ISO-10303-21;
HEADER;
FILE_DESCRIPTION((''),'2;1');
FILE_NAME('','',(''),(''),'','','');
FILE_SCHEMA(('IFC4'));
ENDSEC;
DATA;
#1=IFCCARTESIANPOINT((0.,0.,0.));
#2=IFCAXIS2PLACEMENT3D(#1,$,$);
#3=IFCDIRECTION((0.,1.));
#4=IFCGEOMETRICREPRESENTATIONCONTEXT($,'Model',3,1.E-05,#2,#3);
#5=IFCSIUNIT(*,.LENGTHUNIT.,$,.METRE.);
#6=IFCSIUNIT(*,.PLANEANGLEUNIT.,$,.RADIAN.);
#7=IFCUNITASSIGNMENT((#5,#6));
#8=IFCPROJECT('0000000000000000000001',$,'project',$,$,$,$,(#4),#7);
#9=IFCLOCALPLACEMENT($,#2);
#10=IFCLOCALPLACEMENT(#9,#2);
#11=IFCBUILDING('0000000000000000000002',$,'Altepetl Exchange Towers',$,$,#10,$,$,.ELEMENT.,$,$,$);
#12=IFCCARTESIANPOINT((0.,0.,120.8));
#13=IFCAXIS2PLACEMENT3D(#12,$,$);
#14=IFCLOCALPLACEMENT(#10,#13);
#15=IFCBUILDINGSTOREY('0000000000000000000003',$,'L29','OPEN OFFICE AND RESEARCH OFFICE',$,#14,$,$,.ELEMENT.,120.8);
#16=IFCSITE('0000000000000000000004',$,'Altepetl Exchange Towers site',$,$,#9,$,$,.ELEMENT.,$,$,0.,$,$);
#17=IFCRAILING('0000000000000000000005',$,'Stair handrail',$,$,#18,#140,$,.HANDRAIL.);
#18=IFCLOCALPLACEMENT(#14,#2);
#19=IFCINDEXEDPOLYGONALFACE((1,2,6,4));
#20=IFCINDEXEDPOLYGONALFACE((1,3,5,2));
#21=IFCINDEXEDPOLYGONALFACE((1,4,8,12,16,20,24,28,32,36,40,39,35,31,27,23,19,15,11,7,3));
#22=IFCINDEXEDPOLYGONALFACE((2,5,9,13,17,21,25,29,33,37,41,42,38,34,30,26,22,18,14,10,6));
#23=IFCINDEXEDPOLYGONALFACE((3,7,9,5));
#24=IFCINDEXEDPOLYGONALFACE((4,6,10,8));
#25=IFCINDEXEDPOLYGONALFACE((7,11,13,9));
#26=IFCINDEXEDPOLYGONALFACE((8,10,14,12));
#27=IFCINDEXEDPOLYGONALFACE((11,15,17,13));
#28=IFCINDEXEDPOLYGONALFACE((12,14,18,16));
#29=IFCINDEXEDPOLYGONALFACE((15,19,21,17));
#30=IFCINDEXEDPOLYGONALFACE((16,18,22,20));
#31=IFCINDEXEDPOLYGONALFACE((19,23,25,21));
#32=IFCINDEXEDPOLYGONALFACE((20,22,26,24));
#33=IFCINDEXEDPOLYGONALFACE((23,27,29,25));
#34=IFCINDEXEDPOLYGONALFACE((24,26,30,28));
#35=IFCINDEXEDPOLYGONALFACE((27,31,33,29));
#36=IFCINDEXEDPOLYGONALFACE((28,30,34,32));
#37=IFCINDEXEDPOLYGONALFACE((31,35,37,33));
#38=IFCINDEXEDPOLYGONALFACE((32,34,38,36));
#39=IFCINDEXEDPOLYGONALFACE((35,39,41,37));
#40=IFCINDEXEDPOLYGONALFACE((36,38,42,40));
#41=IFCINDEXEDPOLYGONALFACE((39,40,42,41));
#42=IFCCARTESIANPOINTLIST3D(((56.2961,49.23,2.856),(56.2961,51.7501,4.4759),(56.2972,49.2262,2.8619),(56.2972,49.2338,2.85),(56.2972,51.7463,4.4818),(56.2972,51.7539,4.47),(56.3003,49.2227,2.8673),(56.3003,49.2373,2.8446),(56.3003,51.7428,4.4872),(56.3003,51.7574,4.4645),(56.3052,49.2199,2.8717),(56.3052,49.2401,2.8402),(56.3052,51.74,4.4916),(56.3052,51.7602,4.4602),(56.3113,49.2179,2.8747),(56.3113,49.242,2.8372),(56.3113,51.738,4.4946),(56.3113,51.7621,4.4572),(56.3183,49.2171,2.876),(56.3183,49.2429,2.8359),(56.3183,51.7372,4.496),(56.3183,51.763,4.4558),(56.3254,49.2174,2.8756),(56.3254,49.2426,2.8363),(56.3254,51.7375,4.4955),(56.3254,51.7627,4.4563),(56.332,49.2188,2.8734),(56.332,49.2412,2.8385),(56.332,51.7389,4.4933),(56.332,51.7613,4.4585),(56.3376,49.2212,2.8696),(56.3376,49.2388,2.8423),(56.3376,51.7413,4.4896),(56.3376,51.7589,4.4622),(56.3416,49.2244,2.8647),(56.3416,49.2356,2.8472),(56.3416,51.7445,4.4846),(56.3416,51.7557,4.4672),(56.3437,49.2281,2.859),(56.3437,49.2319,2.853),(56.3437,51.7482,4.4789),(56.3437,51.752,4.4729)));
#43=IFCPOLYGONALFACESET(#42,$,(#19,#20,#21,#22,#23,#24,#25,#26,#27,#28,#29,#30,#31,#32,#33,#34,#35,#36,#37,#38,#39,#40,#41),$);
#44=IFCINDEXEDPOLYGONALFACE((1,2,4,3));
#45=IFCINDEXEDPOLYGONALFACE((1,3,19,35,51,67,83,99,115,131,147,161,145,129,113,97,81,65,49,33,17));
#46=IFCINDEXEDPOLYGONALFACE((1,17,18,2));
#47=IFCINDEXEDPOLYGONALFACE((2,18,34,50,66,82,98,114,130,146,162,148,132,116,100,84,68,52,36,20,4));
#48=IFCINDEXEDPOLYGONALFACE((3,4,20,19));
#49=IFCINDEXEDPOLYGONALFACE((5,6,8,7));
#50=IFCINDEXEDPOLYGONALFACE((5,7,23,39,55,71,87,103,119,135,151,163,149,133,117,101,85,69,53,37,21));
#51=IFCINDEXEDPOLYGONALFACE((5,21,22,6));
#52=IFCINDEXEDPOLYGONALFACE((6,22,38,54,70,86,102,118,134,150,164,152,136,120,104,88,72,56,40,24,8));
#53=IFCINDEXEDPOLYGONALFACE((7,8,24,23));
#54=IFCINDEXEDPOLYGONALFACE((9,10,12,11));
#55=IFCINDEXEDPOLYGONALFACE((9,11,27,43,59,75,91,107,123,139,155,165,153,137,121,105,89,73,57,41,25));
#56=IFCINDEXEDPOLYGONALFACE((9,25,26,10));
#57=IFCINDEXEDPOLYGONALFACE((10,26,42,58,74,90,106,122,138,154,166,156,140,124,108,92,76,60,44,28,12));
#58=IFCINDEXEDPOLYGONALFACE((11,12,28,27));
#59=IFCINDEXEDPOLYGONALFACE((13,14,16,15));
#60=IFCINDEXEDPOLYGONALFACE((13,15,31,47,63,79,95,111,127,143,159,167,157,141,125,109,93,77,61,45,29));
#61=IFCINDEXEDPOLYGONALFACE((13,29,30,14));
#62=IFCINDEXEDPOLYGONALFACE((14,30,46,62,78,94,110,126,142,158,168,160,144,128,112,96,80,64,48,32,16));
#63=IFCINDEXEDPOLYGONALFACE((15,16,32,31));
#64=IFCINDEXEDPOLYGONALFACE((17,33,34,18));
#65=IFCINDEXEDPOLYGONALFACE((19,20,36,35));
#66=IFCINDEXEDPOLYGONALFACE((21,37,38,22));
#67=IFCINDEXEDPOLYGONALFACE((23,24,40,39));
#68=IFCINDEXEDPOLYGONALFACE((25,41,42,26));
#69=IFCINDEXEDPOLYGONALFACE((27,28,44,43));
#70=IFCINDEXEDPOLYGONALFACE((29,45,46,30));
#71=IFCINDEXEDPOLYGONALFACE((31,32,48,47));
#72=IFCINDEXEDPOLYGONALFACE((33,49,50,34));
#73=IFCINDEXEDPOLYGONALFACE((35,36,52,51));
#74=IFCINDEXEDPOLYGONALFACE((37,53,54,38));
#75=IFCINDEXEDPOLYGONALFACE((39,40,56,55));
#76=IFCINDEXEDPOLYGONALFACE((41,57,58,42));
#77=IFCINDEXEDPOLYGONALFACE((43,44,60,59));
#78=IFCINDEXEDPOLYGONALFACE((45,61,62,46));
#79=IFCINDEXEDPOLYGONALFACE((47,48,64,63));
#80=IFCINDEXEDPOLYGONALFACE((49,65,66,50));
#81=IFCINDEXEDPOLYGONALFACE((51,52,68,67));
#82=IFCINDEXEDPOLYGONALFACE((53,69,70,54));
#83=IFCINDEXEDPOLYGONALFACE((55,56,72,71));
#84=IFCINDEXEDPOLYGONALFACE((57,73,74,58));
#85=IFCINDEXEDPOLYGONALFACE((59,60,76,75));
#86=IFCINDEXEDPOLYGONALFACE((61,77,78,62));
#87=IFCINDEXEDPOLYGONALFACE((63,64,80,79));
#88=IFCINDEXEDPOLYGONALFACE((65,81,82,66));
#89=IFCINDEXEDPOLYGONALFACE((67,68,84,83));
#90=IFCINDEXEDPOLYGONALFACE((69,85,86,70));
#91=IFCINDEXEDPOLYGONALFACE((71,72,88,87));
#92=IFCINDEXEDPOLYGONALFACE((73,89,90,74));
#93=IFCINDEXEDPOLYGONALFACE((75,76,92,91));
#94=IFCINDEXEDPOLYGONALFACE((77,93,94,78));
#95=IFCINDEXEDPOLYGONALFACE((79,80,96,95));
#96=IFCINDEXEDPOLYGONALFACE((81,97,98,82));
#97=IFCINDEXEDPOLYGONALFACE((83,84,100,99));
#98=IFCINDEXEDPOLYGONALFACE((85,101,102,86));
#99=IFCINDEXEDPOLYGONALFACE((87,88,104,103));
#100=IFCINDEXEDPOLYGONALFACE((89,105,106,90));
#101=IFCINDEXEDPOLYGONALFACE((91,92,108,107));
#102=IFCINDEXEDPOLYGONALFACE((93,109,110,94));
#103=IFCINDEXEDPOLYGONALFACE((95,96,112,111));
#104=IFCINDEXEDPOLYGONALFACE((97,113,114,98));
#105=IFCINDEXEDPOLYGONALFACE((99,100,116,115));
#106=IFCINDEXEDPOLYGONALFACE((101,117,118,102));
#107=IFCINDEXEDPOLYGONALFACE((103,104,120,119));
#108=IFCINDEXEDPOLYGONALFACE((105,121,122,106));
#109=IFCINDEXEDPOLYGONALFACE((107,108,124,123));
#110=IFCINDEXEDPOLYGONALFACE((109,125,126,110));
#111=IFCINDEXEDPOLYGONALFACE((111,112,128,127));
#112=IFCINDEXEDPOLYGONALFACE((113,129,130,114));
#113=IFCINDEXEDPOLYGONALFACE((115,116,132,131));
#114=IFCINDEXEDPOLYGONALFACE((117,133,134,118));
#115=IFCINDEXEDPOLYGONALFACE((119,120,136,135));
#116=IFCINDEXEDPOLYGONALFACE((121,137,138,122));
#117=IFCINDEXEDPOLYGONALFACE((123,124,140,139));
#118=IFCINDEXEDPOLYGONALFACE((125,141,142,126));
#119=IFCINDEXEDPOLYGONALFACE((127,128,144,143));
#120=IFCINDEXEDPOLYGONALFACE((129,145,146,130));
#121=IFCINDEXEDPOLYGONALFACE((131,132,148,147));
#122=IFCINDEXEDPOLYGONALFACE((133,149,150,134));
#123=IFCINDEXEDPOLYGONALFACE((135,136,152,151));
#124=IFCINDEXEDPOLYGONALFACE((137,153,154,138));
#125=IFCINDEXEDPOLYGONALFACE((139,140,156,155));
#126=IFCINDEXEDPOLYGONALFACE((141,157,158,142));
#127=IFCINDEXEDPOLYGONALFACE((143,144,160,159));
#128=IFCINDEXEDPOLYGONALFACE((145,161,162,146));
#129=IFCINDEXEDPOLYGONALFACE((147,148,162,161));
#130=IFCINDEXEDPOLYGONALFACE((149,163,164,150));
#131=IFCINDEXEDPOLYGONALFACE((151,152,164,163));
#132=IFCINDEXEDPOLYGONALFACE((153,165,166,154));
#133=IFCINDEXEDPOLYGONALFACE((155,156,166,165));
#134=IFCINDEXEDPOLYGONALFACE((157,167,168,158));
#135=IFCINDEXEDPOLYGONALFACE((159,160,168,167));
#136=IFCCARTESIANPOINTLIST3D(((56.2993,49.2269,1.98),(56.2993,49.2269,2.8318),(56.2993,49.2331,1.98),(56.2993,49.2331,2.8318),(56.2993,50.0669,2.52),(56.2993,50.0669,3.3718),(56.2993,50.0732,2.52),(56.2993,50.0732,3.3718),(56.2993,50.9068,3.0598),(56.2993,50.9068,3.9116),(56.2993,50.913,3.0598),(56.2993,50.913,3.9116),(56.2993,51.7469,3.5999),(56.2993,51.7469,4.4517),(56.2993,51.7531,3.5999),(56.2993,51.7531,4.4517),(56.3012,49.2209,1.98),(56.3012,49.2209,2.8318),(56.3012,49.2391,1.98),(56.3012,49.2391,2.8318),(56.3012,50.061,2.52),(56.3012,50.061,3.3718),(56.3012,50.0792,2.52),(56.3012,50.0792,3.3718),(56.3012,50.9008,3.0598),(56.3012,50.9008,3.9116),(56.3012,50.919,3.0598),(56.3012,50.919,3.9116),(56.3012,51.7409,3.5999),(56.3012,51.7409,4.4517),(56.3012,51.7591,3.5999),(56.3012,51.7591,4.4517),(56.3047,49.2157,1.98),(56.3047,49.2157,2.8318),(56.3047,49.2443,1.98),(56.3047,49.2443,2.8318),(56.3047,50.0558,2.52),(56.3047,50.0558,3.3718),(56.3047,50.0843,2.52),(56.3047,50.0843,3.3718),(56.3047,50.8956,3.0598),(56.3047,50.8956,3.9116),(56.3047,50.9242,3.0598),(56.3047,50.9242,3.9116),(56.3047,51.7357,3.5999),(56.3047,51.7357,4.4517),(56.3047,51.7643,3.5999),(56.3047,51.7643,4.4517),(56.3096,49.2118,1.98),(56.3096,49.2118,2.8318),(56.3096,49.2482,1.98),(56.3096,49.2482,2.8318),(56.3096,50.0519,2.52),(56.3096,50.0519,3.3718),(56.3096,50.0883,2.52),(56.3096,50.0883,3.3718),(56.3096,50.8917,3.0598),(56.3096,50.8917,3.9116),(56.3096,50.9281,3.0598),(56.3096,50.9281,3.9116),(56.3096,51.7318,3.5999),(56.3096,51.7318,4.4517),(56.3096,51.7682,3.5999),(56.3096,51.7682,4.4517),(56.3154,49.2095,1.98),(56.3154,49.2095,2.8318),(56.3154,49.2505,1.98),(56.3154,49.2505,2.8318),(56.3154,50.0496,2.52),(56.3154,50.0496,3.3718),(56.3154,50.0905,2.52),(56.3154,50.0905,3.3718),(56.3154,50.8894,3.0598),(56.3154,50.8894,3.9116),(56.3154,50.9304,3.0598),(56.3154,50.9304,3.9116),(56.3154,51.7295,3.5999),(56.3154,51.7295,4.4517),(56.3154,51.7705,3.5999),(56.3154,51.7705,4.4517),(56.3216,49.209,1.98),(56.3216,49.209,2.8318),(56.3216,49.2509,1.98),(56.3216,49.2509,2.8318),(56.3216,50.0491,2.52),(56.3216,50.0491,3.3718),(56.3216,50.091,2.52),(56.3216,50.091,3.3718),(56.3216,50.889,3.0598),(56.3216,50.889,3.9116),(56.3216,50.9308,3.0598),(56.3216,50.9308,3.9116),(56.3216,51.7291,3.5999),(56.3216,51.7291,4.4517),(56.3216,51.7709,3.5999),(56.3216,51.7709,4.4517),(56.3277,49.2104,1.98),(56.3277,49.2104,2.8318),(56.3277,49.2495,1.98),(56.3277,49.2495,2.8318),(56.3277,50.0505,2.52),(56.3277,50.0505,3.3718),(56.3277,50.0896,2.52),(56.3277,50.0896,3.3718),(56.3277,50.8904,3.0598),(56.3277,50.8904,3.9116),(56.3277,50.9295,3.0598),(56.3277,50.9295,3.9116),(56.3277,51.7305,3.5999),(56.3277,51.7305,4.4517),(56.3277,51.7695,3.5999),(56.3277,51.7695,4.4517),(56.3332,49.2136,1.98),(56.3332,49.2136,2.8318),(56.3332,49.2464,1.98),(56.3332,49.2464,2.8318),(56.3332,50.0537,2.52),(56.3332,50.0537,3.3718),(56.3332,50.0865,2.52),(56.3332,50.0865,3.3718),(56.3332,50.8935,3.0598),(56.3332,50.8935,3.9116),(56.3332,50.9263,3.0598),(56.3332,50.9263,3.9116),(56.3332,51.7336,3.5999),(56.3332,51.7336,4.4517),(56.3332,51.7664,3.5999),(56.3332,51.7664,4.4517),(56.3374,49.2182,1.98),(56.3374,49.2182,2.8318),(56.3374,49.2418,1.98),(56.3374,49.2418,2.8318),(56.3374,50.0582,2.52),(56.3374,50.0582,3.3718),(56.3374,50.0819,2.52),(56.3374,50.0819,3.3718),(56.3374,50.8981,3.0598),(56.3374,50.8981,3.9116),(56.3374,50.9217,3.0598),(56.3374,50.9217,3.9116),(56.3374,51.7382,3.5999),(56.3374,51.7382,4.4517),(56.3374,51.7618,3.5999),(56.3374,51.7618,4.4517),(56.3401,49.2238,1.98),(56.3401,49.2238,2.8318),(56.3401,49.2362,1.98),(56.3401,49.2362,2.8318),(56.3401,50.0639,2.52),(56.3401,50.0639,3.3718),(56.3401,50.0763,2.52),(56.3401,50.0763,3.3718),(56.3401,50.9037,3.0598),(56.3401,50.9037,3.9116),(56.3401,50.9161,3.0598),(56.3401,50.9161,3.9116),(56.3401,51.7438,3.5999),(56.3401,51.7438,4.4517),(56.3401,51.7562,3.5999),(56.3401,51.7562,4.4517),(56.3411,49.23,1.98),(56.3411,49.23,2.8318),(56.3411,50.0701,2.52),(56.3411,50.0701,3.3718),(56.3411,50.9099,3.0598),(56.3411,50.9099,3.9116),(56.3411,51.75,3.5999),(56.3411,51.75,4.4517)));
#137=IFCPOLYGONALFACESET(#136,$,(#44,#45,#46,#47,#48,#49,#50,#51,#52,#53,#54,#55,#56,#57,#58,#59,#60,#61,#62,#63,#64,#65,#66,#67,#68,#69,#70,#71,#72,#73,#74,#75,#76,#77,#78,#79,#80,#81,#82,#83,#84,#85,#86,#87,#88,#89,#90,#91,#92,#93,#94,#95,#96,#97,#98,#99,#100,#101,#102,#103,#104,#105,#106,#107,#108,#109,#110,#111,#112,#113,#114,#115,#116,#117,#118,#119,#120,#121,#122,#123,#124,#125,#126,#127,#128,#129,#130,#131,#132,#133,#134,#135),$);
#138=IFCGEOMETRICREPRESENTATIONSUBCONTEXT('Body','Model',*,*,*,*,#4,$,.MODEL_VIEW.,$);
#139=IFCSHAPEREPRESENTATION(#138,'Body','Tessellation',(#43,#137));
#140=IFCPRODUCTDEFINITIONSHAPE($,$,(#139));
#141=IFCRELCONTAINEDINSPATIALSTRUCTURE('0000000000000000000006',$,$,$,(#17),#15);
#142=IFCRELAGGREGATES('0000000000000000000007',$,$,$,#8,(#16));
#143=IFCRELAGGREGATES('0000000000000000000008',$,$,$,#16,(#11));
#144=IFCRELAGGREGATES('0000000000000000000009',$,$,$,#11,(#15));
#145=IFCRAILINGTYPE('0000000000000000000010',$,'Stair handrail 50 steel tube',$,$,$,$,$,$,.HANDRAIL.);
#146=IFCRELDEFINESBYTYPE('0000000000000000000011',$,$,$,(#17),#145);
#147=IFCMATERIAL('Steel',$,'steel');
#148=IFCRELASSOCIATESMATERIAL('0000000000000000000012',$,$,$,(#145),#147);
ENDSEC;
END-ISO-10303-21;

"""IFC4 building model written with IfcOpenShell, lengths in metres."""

from ifc_helpers import new_model, si_unit, direction, frame, origin, origin_2d, place, context, subcontext, project, spatial, circle, extrude, source, transform, mapped, material, type_object, element, save


model = new_model("IFC4")

# Units and contexts
model_context = context("Model", 3, precision=1e-05, world=origin(), true_north=direction((0.0, 1.0)))
body_context = subcontext(model_context, "Body", "Model", "MODEL_VIEW")
ifc_project = project(units=[si_unit("LENGTHUNIT", "METRE"), si_unit("PLANEANGLEUNIT", "RADIAN")], contexts=[model_context])

# Site, building, storey
site_placement = place(None, origin())
site = spatial("IfcSite", under=ifc_project, at=site_placement, Name="Altepetl Exchange Towers site", CompositionType="ELEMENT", RefElevation=0.0)
building_placement = place(site_placement, origin())
building = spatial("IfcBuilding", under=site, at=building_placement, Name="Altepetl Exchange Towers", CompositionType="ELEMENT")
storey_placement = place(building_placement, frame((0.0, 0.0, 120.8)))
storey = spatial("IfcBuildingStorey", under=building, at=storey_placement, Name="L29", Description="OPEN OFFICE AND RESEARCH OFFICE", CompositionType="ELEMENT", Elevation=120.8)

# Railing
ifc_material_1 = material(Name="Steel", Category="steel")
railing_type = type_object("IfcRailingType", Name="Stair handrail 50 steel tube", PredefinedType="HANDRAIL", material=ifc_material_1)
shared_shape = source(origin(), body_context, "Body", "SweptSolid", [
    extrude(circle(Radius=0.021, at=origin_2d()), origin(), (0.0, 0.0, 1.0), 0.8518),
])
railing_1_placement = place(storey_placement, frame((56.3201, 49.23, 1.98)))
element("IfcRailing", 1, at=railing_1_placement, inside=storey, type_object=railing_type, Name="Stair handrail", PredefinedType="HANDRAIL", context=body_context, shape_type="SweptSolid", body=[
    extrude(circle(Radius=0.0239, at=origin_2d()), frame((0.0, 0.0, 0.876), z_axis=(0.0, 0.8412, 0.540725), x_axis=(-1.0, 0.0, 0.0)), (0.0, 0.0, 1.0), 2.9958),
    mapped(shared_shape, transform((0.0, 0.0, 0.0))),
    mapped(shared_shape, transform((0.0, 0.8401, 0.54))),
    mapped(shared_shape, transform((0.0, 1.6799, 1.0798))),
    mapped(shared_shape, transform((0.0, 2.52, 1.6199))),
])

save(model, "model.ifc")
